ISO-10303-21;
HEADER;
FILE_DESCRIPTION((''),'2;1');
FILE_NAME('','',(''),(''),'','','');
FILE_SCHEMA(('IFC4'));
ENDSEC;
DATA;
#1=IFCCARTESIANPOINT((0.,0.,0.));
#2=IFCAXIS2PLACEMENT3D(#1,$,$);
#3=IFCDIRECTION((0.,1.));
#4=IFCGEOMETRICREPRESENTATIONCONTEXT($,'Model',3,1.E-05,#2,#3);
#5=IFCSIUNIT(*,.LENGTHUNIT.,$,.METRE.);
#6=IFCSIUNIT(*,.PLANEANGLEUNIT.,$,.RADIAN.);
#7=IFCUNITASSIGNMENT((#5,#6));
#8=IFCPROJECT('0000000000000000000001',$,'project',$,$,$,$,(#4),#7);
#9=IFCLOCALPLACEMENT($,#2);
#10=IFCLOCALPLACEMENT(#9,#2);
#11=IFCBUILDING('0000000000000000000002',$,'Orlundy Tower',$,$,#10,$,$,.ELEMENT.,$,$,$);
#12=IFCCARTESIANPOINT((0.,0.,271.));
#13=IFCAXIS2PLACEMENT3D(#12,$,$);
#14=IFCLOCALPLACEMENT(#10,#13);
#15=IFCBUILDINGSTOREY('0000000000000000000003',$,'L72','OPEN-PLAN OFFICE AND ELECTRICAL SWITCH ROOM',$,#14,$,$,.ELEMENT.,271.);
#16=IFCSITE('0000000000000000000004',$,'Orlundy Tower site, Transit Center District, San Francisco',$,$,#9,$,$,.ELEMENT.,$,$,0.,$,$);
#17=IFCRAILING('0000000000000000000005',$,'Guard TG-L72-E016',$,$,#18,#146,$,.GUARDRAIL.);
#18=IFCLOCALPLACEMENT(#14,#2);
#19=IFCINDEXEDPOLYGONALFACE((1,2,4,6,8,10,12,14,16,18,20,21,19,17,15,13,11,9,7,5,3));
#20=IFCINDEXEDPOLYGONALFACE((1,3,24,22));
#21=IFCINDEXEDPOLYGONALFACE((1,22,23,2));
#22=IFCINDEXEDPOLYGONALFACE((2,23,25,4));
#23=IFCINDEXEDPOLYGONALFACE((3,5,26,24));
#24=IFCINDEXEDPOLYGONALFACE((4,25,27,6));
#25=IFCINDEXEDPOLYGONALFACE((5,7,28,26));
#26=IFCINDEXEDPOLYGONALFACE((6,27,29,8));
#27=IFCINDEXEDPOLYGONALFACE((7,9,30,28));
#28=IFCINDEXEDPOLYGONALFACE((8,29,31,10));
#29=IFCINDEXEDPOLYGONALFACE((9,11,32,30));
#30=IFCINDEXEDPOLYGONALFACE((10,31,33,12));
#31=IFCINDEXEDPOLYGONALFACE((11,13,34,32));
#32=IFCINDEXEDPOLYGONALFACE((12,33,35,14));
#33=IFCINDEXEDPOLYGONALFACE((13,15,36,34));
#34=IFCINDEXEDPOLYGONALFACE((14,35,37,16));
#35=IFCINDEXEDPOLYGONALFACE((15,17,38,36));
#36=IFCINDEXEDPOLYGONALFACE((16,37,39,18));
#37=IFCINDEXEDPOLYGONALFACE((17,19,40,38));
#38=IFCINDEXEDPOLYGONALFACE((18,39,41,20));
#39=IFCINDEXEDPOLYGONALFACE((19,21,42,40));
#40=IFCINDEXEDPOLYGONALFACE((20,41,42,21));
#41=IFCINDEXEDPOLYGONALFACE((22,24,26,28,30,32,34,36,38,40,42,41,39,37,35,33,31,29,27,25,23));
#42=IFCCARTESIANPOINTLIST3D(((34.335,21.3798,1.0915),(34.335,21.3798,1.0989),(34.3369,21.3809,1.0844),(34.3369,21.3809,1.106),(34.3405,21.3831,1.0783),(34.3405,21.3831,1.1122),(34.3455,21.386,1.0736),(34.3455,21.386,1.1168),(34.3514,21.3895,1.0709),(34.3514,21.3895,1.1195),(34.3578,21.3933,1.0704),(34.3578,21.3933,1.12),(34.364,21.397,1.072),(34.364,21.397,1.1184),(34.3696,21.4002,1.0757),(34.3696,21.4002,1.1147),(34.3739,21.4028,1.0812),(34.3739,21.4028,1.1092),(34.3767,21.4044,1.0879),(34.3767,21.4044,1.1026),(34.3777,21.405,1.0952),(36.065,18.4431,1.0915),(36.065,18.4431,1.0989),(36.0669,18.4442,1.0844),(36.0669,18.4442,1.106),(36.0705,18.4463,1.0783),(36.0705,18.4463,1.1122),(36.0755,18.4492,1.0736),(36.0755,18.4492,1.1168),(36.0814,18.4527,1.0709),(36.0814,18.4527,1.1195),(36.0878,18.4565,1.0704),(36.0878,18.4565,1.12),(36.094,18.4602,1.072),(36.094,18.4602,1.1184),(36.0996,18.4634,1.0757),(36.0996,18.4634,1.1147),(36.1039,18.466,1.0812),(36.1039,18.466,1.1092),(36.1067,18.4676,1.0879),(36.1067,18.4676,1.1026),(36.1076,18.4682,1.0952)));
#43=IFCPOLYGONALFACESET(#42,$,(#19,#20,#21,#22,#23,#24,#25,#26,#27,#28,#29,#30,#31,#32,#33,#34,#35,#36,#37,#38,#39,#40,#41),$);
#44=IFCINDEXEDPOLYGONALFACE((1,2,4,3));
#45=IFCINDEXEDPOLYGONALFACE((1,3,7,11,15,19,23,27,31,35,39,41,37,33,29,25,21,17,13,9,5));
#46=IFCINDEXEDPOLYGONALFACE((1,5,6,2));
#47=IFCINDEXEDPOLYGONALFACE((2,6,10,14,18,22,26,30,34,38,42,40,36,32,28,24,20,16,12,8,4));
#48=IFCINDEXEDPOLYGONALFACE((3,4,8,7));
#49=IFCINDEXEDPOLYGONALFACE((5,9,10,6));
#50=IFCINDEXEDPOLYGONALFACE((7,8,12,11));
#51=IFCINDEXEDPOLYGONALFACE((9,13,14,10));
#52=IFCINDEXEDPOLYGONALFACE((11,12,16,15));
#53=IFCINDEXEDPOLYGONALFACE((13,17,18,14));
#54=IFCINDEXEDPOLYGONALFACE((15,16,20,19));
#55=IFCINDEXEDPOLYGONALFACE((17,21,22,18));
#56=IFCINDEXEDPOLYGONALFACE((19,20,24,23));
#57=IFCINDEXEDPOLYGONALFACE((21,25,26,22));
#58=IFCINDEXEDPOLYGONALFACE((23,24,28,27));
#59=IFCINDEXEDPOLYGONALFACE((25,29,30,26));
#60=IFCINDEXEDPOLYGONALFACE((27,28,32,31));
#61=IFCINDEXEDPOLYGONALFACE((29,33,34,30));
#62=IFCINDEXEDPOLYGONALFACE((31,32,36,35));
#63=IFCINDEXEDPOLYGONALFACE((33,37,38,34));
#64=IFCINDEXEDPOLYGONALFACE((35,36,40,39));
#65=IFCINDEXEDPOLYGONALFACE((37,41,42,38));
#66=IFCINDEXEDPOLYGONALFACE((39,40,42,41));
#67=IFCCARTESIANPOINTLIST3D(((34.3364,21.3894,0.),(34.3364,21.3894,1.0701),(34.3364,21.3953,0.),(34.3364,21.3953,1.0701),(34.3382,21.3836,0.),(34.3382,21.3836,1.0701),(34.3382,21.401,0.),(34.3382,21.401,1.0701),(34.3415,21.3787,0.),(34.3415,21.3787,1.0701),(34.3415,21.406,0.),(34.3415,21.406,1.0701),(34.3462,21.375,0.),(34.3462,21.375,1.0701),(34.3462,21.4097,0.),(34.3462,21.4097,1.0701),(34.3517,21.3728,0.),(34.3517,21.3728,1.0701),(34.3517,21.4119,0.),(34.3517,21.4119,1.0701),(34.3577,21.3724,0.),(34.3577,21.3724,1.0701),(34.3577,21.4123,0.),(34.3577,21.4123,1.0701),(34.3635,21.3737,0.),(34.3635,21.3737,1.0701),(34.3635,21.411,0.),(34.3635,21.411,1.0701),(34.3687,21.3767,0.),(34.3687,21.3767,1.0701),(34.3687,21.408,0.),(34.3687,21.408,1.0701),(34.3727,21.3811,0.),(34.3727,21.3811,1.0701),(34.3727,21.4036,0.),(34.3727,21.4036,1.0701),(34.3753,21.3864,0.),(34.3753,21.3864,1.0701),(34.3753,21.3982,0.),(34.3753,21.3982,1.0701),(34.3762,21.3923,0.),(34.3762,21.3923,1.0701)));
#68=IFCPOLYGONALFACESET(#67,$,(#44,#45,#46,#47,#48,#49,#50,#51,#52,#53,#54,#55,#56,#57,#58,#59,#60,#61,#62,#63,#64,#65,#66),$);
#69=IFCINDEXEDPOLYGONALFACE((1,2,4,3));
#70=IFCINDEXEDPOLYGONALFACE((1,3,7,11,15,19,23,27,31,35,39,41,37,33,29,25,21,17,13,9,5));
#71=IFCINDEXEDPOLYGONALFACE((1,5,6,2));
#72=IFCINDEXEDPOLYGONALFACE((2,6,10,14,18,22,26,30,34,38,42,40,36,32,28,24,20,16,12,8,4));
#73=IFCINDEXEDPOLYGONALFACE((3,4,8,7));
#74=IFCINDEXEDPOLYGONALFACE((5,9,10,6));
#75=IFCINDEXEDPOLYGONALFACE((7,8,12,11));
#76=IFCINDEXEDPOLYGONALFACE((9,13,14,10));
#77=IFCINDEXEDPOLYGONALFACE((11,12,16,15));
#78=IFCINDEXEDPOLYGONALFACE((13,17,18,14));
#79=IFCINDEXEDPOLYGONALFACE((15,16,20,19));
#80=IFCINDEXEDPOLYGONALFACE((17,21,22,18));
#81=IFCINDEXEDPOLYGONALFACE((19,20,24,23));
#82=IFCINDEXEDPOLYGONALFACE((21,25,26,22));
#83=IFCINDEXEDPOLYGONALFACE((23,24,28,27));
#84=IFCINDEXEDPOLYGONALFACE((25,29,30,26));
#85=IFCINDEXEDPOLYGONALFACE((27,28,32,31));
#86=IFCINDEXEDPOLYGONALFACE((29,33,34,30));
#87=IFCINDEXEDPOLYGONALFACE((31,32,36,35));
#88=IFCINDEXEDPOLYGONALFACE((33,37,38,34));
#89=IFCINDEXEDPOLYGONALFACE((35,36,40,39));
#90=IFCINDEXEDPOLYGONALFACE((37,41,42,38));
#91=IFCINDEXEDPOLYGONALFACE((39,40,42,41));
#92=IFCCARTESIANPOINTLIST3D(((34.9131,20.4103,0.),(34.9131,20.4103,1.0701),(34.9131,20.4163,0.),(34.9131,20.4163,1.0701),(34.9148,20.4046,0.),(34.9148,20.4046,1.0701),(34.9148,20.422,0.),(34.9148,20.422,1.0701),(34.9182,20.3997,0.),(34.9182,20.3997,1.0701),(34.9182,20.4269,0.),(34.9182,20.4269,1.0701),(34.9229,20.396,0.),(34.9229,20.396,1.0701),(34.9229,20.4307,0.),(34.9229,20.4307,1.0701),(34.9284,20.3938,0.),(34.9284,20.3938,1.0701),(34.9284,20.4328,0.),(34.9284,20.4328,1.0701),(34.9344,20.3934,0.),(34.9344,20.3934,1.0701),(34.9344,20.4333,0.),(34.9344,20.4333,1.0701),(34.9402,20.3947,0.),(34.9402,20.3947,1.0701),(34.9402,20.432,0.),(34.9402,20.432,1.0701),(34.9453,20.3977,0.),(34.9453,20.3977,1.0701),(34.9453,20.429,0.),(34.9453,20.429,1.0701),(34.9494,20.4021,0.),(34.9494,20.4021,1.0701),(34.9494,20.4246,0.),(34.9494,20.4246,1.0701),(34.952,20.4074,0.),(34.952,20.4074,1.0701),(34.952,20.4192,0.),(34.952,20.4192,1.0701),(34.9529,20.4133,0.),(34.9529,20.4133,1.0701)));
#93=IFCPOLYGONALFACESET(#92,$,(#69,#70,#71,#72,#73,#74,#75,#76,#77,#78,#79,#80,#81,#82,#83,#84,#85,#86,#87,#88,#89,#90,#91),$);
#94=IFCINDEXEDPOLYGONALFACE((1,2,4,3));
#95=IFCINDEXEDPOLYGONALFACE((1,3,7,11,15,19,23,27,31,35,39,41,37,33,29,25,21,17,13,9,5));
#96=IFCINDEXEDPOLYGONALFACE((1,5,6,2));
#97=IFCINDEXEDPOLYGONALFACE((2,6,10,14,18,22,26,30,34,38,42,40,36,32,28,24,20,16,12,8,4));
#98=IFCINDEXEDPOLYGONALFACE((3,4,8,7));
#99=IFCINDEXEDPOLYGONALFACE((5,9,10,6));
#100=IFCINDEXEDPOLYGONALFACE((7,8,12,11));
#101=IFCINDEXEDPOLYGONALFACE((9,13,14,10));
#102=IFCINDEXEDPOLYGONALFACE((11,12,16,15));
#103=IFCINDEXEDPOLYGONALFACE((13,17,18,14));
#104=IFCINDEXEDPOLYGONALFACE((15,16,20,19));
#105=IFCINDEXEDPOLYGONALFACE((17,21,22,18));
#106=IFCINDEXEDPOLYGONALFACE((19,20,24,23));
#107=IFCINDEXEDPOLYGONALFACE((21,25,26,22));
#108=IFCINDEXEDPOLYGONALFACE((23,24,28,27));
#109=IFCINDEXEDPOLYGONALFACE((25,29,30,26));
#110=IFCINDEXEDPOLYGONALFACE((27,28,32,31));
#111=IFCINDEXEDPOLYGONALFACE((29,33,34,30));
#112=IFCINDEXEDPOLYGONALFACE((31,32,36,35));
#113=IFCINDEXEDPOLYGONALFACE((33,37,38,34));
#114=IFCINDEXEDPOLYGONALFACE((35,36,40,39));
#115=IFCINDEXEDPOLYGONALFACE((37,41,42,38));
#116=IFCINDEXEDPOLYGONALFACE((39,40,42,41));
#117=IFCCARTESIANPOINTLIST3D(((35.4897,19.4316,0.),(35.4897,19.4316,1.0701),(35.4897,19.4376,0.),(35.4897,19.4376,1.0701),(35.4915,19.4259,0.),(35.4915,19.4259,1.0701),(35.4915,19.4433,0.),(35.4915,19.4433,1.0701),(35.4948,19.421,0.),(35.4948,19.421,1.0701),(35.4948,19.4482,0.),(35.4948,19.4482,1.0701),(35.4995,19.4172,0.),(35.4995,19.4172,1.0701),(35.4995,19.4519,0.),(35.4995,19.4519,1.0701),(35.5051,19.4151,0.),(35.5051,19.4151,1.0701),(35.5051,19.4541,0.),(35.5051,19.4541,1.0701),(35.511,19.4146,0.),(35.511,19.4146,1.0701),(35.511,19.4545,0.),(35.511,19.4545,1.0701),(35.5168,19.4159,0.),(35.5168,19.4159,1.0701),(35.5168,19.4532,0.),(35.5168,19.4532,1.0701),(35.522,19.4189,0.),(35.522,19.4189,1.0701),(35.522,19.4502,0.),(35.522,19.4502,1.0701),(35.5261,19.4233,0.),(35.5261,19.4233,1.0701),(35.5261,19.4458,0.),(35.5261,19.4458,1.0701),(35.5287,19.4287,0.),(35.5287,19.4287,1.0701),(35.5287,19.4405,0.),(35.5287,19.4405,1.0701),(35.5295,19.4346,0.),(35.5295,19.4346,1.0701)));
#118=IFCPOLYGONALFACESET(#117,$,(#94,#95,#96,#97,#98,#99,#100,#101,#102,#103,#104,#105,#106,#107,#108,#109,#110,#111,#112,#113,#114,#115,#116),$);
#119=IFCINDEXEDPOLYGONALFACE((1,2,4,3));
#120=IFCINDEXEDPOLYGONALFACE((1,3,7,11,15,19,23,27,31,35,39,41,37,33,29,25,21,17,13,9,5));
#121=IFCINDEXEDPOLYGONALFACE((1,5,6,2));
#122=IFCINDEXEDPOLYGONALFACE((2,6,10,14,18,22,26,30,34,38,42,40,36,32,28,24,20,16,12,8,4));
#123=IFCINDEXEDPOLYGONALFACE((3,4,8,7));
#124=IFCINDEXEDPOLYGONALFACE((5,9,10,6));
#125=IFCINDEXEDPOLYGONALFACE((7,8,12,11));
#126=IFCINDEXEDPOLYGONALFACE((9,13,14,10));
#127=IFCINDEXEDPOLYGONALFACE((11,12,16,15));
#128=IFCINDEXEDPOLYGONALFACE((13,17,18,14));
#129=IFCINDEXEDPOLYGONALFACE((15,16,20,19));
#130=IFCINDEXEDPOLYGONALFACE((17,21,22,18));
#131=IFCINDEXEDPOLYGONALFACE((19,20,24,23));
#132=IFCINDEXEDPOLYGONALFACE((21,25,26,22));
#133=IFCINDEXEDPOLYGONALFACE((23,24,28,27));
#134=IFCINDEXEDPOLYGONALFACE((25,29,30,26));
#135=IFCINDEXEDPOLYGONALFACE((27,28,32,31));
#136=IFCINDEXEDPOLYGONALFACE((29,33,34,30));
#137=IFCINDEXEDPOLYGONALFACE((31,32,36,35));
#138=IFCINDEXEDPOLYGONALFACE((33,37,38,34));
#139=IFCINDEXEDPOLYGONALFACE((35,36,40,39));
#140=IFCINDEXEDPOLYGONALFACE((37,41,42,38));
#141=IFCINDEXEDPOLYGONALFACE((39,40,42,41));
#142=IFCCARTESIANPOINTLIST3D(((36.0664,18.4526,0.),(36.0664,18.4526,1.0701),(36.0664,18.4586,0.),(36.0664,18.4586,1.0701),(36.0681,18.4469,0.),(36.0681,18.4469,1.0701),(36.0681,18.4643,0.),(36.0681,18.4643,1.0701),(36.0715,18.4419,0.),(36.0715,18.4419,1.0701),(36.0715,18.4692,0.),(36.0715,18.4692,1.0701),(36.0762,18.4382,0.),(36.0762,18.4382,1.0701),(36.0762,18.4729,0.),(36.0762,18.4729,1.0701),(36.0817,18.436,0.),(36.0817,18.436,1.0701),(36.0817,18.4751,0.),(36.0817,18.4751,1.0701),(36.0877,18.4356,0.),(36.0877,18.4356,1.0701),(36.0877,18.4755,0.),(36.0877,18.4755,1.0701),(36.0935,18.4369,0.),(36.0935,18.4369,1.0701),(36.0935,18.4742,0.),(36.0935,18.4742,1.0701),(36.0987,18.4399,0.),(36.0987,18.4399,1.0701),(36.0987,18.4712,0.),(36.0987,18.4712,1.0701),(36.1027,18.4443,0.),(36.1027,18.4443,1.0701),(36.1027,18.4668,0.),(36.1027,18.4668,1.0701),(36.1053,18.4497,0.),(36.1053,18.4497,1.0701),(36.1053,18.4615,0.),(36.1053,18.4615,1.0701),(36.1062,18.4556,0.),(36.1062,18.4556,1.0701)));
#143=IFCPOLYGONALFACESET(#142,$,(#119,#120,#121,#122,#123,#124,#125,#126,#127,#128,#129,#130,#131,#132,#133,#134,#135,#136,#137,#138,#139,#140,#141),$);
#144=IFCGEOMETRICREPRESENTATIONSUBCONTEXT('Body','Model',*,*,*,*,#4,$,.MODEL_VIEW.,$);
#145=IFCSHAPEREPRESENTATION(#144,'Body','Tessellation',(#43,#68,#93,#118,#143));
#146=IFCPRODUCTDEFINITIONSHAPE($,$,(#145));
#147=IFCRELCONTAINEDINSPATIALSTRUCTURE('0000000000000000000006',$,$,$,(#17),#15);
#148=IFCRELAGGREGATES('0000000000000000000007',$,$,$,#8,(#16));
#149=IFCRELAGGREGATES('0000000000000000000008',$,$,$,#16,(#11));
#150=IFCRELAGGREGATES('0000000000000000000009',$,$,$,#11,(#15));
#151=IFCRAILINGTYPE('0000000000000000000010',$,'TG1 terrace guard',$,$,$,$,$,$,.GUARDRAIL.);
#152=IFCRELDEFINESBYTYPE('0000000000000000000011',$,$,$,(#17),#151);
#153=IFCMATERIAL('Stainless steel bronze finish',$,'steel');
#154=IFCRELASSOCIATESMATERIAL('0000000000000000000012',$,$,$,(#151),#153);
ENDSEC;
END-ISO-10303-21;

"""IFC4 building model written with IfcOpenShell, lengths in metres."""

from ifc_helpers import new_model, si_unit, direction, frame, origin, origin_2d, place, context, subcontext, project, spatial, circle, extrude, material, type_object, element, save


model = new_model("IFC4")

# Units and contexts
model_context = context("Model", 3, precision=1e-05, world=origin(), true_north=direction((0.0, 1.0)))
body_context = subcontext(model_context, "Body", "Model", "MODEL_VIEW")
ifc_project = project(units=[si_unit("LENGTHUNIT", "METRE"), si_unit("PLANEANGLEUNIT", "RADIAN")], contexts=[model_context])

# Site, building, storey
site_placement = place(None, origin())
site = spatial("IfcSite", under=ifc_project, at=site_placement, Name="Orlundy Tower site, Transit Center District, San Francisco", CompositionType="ELEMENT", RefElevation=0.0)
building_placement = place(site_placement, origin())
building = spatial("IfcBuilding", under=site, at=building_placement, Name="Orlundy Tower", CompositionType="ELEMENT")
storey_placement = place(building_placement, frame((0.0, 0.0, 271.0)))
storey = spatial("IfcBuildingStorey", under=building, at=storey_placement, Name="L72", Description="OPEN-PLAN OFFICE AND ELECTRICAL SWITCH ROOM", CompositionType="ELEMENT", Elevation=271.0)

# Railing
ifc_material_1 = material(Name="Stainless steel bronze finish", Category="steel")
railing_type_1 = type_object("IfcRailingType", Name="TG1 terrace guard", PredefinedType="GUARDRAIL", material=ifc_material_1)
railing_1_placement = place(storey_placement, frame((34.3562, 21.3923, 0.0)))
element("IfcRailing", 1, at=railing_1_placement, inside=storey, type_object=railing_type_1, Name="Guard TG-L72-E016", PredefinedType="GUARDRAIL", context=body_context, shape_type="SweptSolid", body=[
    extrude(circle(Radius=0.0249, at=origin_2d()), frame((0.0, 0.0, 1.0952), z_axis=(0.507558, -0.861617, 0.0), x_axis=(0.861617, 0.507558, 0.0)), (0.0, 0.0, 1.0), 3.4084),
    extrude(circle(Radius=0.02, at=origin_2d()), origin(), (0.0, 0.0, 1.0), 1.0701),
    extrude(circle(Radius=0.02, at=origin_2d()), frame((0.5767, -0.979, 0.0)), (0.0, 0.0, 1.0), 1.0701),
    extrude(circle(Radius=0.02, at=origin_2d()), frame((1.1533, -1.9578, 0.0)), (0.0, 0.0, 1.0), 1.0701),
    extrude(circle(Radius=0.02, at=origin_2d()), frame((1.73, -2.9368, 0.0)), (0.0, 0.0, 1.0), 1.0701),
])

save(model, "model.ifc")
